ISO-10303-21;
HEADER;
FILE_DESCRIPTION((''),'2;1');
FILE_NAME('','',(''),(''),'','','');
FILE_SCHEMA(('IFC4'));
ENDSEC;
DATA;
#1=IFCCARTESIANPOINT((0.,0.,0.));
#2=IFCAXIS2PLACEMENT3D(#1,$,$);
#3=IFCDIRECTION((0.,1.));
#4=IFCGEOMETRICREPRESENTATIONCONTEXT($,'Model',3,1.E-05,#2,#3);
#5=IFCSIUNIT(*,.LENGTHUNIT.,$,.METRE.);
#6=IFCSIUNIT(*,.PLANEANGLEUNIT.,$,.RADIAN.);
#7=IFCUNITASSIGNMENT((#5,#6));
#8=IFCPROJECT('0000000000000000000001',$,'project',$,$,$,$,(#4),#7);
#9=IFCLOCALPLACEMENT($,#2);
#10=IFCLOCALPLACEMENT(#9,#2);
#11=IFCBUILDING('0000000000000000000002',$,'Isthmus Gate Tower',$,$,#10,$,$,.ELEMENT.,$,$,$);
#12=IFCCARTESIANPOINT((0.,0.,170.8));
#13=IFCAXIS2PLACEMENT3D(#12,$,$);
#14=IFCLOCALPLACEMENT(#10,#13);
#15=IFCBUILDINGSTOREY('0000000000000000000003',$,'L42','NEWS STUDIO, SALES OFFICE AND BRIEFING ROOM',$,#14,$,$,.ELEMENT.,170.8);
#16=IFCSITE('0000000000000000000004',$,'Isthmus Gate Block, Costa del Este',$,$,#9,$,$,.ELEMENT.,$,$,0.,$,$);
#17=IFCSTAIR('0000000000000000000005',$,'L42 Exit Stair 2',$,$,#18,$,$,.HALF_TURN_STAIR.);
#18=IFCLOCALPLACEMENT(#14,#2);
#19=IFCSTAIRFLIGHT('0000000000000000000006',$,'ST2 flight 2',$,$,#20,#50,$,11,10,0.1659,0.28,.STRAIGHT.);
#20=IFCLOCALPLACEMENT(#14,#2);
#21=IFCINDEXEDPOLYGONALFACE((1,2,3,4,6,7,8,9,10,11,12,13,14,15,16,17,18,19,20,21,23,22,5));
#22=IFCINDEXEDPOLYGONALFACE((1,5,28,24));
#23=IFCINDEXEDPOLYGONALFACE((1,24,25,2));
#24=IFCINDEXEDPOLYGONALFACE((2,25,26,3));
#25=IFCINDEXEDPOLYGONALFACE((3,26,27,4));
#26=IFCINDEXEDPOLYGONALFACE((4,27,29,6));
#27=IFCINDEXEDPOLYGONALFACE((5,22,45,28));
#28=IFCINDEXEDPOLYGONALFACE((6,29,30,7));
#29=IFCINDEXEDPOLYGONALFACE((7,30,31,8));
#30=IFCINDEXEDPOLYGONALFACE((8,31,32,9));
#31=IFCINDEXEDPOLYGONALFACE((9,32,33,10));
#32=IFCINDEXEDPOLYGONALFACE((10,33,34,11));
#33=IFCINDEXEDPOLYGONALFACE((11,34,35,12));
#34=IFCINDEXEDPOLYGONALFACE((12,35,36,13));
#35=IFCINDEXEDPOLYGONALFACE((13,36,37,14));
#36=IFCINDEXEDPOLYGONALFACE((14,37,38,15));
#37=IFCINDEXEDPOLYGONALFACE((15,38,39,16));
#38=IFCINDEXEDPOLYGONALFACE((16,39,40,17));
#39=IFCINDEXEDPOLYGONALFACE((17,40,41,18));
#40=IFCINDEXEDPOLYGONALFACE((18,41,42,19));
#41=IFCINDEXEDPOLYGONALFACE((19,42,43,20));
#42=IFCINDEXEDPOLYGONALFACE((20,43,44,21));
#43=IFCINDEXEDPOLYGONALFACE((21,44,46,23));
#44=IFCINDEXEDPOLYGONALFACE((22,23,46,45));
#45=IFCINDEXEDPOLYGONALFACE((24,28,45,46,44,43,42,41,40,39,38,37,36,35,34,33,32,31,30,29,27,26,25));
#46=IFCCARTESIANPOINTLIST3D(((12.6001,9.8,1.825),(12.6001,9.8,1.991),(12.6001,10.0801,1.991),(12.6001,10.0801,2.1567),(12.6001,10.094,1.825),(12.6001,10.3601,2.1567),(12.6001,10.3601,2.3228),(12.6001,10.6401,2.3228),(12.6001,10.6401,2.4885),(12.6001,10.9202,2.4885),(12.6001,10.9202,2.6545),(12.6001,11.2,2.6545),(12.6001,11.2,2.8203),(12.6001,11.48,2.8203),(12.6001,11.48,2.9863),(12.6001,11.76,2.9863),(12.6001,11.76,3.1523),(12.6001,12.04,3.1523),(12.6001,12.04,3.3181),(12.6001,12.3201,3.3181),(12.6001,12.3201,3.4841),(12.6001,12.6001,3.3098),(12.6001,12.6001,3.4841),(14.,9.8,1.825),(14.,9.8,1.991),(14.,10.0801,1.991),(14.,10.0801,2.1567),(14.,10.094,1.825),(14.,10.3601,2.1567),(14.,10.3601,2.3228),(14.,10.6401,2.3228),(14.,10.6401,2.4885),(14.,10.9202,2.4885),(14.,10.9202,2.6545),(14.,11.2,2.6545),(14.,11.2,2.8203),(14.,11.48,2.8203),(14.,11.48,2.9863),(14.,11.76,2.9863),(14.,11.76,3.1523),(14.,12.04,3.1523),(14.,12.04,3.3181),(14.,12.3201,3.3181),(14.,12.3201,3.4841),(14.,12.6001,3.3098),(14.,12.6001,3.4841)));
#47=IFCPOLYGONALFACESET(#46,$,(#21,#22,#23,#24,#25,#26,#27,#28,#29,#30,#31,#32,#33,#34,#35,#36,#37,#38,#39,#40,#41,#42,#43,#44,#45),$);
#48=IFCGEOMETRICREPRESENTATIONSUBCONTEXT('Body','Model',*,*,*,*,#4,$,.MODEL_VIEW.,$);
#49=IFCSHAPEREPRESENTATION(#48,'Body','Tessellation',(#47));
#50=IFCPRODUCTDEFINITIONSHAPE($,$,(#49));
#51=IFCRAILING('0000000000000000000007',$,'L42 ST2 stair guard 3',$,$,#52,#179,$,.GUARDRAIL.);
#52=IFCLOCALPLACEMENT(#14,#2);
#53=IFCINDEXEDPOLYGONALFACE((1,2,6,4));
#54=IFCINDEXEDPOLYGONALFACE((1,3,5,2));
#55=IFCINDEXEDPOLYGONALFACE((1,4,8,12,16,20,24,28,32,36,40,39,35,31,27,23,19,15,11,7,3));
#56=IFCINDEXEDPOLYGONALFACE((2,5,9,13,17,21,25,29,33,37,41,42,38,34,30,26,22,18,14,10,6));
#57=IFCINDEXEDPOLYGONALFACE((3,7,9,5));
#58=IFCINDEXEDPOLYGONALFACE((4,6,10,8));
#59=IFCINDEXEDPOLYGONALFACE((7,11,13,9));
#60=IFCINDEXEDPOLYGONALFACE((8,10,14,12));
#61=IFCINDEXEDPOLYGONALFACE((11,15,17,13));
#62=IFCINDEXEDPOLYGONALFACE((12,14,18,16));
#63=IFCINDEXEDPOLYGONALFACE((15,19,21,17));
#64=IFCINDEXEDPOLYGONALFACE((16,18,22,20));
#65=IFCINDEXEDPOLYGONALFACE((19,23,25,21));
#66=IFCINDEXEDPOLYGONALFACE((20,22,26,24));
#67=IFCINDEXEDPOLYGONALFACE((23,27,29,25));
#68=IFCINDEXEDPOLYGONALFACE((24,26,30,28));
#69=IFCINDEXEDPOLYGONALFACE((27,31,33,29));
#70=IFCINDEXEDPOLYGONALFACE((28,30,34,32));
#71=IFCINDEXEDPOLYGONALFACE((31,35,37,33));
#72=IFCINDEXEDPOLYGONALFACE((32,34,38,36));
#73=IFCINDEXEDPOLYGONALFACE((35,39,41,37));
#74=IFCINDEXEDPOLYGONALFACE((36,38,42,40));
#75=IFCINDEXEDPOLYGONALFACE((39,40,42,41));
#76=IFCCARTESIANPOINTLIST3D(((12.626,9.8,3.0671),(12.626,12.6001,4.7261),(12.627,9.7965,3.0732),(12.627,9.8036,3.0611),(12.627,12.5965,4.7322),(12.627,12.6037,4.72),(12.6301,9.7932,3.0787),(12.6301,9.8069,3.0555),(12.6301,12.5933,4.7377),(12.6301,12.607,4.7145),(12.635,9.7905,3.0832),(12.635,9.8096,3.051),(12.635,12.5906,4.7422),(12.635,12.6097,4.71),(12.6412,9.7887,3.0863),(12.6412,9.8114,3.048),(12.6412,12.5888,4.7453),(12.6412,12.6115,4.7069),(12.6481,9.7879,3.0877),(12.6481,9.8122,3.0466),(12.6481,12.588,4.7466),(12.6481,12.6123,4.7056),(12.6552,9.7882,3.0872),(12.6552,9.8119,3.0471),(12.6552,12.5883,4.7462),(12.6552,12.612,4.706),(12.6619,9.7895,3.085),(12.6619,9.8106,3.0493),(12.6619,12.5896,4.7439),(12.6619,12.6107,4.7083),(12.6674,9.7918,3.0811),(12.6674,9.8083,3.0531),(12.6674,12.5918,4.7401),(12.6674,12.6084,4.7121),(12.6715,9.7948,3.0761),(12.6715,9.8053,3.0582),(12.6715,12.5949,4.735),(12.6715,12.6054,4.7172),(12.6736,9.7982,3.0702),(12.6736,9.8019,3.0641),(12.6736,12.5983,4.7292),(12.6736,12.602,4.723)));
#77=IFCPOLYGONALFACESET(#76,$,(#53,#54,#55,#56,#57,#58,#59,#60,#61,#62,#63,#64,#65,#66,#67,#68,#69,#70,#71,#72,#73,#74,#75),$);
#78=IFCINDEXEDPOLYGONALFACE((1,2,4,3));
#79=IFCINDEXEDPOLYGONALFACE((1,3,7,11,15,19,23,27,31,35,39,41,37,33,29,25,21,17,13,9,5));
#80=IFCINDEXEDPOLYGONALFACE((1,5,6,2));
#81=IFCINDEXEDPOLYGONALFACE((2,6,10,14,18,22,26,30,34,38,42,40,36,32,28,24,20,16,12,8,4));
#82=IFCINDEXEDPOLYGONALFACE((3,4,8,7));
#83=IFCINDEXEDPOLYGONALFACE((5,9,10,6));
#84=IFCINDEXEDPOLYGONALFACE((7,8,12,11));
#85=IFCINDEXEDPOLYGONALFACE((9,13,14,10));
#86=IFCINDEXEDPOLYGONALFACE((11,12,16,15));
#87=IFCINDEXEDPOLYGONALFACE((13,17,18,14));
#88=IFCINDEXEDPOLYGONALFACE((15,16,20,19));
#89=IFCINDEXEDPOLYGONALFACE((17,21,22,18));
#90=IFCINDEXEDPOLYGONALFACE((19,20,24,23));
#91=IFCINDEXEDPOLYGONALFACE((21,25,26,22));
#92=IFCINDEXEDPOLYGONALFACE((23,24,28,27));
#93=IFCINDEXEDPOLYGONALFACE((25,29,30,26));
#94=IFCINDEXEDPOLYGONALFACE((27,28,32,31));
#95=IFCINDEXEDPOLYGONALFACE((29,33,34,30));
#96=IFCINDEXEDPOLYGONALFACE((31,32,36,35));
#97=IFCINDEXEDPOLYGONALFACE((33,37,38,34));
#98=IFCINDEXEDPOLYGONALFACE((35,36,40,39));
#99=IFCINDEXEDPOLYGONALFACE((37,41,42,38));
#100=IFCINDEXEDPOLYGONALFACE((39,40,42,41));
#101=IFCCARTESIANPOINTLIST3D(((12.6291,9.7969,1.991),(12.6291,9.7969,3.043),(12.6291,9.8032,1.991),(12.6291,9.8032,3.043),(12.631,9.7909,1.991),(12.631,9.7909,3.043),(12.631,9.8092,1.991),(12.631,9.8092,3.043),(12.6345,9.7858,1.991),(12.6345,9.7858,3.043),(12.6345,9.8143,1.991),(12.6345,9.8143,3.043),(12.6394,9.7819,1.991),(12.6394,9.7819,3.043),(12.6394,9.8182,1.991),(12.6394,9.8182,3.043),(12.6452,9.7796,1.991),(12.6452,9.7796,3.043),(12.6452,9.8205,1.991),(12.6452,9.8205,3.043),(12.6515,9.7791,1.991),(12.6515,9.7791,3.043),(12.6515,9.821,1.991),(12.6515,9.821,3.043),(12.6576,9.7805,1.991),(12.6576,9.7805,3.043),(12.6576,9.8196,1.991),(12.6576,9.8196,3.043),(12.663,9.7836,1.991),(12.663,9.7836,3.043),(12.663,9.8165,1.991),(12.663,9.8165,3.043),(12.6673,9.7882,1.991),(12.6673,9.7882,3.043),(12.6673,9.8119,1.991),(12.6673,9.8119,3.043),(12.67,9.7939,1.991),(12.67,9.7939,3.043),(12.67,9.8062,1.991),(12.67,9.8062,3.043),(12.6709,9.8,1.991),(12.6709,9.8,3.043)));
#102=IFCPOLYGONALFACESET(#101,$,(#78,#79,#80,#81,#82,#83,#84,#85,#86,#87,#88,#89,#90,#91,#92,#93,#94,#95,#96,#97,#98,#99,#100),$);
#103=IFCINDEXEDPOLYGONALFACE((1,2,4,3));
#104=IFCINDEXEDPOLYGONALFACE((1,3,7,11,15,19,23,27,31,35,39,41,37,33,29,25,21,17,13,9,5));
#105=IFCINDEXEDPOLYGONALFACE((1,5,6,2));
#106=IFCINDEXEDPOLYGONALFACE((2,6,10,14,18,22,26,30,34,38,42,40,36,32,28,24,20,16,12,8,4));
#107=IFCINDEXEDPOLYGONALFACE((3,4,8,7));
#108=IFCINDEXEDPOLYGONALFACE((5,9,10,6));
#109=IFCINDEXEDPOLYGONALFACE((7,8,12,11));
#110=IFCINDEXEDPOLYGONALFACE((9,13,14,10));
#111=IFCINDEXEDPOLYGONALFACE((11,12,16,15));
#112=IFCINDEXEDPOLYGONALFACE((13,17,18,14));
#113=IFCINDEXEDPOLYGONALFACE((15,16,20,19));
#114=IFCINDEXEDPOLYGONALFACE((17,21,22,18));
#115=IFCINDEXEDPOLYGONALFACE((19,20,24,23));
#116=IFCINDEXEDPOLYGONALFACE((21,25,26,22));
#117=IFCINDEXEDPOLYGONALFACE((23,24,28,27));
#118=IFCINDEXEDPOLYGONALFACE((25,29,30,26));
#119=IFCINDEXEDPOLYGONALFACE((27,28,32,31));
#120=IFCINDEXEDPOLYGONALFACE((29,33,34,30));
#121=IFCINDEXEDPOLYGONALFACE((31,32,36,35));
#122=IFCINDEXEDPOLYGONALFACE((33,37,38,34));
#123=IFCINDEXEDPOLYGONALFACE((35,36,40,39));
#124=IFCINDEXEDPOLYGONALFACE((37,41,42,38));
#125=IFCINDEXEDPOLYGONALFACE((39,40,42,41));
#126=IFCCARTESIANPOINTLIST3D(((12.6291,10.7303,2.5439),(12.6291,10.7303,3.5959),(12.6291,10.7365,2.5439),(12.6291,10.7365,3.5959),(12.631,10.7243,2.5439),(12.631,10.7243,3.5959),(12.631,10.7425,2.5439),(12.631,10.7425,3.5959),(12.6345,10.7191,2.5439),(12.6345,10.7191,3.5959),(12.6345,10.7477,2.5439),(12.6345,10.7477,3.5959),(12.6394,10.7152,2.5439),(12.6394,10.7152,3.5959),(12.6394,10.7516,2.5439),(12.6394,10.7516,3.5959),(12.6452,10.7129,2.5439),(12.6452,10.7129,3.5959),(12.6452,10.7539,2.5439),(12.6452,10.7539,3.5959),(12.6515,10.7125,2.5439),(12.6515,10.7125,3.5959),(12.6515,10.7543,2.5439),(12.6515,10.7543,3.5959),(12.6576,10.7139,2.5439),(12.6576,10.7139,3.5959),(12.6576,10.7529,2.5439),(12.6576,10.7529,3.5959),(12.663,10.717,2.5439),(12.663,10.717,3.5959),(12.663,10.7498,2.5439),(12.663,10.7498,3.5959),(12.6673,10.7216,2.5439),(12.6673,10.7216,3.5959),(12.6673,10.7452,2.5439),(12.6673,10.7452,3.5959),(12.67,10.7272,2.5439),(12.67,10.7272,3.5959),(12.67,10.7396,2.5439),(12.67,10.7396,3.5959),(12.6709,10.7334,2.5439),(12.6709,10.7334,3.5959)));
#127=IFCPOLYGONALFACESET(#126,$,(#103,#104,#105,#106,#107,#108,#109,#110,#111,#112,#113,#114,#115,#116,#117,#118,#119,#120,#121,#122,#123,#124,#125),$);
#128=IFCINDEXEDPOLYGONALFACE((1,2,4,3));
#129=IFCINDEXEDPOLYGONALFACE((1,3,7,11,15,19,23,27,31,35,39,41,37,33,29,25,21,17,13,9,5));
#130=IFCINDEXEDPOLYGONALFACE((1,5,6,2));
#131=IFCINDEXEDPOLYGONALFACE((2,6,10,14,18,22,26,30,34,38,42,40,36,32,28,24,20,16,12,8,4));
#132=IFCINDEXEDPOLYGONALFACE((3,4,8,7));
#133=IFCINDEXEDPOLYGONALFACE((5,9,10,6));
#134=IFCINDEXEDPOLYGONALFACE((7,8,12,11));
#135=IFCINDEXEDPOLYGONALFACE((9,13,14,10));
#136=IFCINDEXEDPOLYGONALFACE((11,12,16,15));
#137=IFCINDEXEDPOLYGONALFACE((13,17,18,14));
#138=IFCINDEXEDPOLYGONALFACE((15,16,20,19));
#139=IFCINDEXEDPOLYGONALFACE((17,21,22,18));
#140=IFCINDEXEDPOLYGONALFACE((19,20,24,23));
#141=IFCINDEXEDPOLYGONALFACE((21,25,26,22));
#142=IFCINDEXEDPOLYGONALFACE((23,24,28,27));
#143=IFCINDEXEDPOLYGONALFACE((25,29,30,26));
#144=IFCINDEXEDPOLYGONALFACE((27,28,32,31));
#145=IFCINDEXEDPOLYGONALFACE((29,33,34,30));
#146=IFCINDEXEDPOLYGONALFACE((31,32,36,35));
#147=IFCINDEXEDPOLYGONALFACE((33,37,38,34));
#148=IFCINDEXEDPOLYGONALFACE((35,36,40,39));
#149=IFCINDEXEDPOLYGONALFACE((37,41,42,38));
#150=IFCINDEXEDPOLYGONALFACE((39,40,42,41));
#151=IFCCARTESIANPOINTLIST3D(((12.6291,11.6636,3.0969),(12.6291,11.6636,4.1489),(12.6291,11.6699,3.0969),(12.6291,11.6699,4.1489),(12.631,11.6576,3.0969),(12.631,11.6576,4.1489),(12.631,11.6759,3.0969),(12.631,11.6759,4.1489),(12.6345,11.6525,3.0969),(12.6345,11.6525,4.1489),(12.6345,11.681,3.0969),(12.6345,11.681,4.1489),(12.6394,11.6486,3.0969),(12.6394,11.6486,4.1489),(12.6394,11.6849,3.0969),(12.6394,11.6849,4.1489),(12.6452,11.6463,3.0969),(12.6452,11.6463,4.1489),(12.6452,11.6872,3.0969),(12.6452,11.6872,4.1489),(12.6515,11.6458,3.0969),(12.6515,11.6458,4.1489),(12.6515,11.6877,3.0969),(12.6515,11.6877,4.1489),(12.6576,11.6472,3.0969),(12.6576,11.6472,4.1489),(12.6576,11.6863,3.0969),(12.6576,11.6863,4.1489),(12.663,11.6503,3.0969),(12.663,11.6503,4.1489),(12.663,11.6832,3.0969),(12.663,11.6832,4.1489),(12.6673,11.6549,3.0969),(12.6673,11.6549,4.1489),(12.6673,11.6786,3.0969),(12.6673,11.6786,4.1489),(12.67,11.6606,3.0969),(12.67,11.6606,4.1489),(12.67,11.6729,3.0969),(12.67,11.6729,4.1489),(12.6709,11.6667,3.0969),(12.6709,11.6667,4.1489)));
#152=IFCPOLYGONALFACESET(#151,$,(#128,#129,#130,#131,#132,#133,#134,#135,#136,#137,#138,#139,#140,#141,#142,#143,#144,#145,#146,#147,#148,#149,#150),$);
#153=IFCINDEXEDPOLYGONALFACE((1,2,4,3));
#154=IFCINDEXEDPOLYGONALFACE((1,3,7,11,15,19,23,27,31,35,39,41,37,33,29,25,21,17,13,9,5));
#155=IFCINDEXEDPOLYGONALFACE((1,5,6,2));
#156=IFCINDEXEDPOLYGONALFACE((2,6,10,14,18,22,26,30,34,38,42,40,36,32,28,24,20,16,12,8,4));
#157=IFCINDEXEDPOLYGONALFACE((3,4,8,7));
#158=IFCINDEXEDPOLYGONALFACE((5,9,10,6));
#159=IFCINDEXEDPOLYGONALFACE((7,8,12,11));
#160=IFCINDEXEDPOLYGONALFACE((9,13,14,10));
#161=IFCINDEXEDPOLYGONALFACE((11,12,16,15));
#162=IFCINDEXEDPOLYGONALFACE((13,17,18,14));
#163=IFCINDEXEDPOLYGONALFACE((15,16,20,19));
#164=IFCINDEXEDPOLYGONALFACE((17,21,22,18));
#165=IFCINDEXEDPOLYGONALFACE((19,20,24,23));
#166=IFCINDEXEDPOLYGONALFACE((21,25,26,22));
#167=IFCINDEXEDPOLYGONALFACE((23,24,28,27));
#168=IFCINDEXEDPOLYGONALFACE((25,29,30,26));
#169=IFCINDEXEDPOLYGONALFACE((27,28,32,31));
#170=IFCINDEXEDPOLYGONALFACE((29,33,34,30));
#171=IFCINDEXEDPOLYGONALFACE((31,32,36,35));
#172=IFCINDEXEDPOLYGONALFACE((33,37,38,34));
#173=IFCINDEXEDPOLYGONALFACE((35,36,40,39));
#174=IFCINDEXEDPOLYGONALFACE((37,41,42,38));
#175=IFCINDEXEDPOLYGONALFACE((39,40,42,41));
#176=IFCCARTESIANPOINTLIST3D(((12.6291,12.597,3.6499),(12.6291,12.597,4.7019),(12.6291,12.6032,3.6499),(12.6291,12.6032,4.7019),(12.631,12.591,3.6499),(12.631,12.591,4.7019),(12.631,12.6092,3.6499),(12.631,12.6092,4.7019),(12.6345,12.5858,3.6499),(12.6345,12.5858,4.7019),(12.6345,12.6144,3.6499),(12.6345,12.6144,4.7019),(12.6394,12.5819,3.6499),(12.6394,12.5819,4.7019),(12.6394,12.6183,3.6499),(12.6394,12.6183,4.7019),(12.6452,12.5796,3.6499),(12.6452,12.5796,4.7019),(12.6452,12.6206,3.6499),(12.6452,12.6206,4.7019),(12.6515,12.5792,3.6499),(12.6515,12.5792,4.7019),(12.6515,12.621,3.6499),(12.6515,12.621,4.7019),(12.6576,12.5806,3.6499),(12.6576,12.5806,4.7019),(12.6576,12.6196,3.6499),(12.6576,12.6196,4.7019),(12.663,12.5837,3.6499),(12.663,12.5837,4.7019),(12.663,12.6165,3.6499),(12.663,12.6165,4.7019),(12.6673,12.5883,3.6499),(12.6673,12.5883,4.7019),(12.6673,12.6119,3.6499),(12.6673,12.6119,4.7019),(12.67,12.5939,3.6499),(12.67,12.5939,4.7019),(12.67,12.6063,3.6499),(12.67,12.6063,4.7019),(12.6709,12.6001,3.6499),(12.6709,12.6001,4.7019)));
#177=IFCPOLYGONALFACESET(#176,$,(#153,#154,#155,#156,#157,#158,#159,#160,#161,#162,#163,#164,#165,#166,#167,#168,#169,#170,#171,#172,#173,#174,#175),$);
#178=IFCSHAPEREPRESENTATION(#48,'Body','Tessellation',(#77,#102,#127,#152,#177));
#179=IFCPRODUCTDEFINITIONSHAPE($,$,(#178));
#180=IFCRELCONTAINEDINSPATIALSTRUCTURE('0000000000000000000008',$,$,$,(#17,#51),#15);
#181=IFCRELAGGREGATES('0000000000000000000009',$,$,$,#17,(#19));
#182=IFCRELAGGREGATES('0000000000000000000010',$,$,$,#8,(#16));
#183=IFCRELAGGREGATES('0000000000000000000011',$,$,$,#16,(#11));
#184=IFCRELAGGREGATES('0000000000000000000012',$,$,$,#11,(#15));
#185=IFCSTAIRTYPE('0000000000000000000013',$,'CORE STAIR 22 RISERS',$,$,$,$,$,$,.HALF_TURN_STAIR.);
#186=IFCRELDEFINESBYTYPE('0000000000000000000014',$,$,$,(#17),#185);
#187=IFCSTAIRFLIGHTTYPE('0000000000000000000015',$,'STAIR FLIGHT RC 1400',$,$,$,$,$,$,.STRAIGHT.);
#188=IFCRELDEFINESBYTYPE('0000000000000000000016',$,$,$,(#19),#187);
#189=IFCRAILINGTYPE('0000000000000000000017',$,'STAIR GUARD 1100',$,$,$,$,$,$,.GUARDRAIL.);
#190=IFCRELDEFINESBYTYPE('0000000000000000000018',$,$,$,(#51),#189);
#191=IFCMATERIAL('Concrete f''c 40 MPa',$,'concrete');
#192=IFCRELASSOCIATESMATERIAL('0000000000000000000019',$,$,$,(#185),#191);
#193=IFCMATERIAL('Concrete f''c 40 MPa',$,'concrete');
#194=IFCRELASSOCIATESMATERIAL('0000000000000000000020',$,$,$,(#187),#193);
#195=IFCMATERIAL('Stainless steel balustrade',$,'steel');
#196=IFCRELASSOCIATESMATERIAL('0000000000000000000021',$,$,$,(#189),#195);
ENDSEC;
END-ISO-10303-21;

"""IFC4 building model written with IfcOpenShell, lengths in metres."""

from ifc_helpers import new_model, si_unit, direction, frame, origin, origin_2d, place, context, subcontext, project, spatial, polyline, circle, outline, extrude, material, type_object, element, aggregate, save


model = new_model("IFC4")

# Units and contexts
model_context = context("Model", 3, precision=1e-05, world=origin(), true_north=direction((0.0, 1.0)))
body_context = subcontext(model_context, "Body", "Model", "MODEL_VIEW")
ifc_project = project(units=[si_unit("LENGTHUNIT", "METRE"), si_unit("PLANEANGLEUNIT", "RADIAN")], contexts=[model_context])

# Site, building, storey
site_placement = place(None, origin())
site = spatial("IfcSite", under=ifc_project, at=site_placement, Name="Isthmus Gate Block, Costa del Este", CompositionType="ELEMENT", RefElevation=0.0)
building_placement = place(site_placement, origin())
building = spatial("IfcBuilding", under=site, at=building_placement, Name="Isthmus Gate Tower", CompositionType="ELEMENT")
storey_placement = place(building_placement, frame((0.0, 0.0, 170.8)))
storey = spatial("IfcBuildingStorey", under=building, at=storey_placement, Name="L42", Description="NEWS STUDIO, SALES OFFICE AND BRIEFING ROOM", CompositionType="ELEMENT", Elevation=170.8)

# Stair, stair flight
ifc_material_1 = material(Name="Concrete f'c 40 MPa", Category="concrete")
stair_type = type_object("IfcStairType", Name="CORE STAIR 22 RISERS", PredefinedType="HALF_TURN_STAIR", material=ifc_material_1)
stair_placement = place(storey_placement, origin())
stair = element("IfcStair", 1, at=stair_placement, inside=storey, type_object=stair_type, Name="L42 Exit Stair 2", PredefinedType="HALF_TURN_STAIR")
ifc_material_2 = material(Name="Concrete f'c 40 MPa", Category="concrete")
stair_flight_type = type_object("IfcStairFlightType", Name="STAIR FLIGHT RC 1400", PredefinedType="STRAIGHT", material=ifc_material_2)
stair_flight_placement = place(storey_placement, frame((13.3, 9.8, 1.825), z_axis=(0.0, 0.0, 1.0), x_axis=(0.0, 1.0, 0.0)))
stair_flight = element("IfcStairFlight", 2, at=stair_flight_placement, type_object=stair_flight_type, Name="ST2 flight 2", NumberOfRisers=11, NumberOfTreads=10, PredefinedType="STRAIGHT", RiserHeight=0.1659, TreadLength=0.28, context=body_context, shape_type="SweptSolid", body=[
    extrude(outline(polyline([(0.0, 0.0), (0.0, 0.166), (0.28, 0.166), (0.28, 0.3318), (0.5601, 0.3318), (0.5601, 0.4978), (0.8401, 0.4978), (0.8401, 0.6636), (1.1201, 0.6636), (1.1201, 0.8296), (1.3999, 0.8296), (1.3999, 0.9954), (1.6799, 0.9954), (1.6799, 1.1614), (1.96, 1.1614), (1.96, 1.3274), (2.24, 1.3274), (2.24, 1.4932), (2.52, 1.4932), (2.52, 1.6592), (2.8, 1.6592), (2.8, 1.825), (2.8, 1.4849), (0.2939, 0.0), (0.0, 0.0)])), frame((0.0, 0.7, 0.0), z_axis=(0.0, -1.0, 0.0), x_axis=(1.0, 0.0, 0.0)), (0.0, 0.0, 1.0), 1.3999),
])
aggregate(stair, [stair_flight])

# Railing
ifc_material_3 = material(Name="Stainless steel balustrade", Category="steel")
railing_type = type_object("IfcRailingType", Name="STAIR GUARD 1100", PredefinedType="GUARDRAIL", material=ifc_material_3)
railing_placement = place(storey_placement, frame((12.6499, 9.8, 1.991)))
element("IfcRailing", 3, at=railing_placement, inside=storey, type_object=railing_type, Name="L42 ST2 stair guard 3", PredefinedType="GUARDRAIL", context=body_context, shape_type="SweptSolid", body=[
    extrude(circle(Radius=0.0239, at=origin_2d()), frame((0.0, 0.0, 1.0762), z_axis=(0.0, 0.860339, 0.509722), x_axis=(-1.0, 0.0, 0.0)), (0.0, 0.0, 1.0), 3.2546),
    extrude(circle(Radius=0.021, at=origin_2d()), origin(), (0.0, 0.0, 1.0), 1.052),
    extrude(circle(Radius=0.021, at=origin_2d()), frame((0.0, 0.9333, 0.553)), (0.0, 0.0, 1.0), 1.052),
    extrude(circle(Radius=0.021, at=origin_2d()), frame((0.0, 1.8667, 1.106)), (0.0, 0.0, 1.0), 1.052),
    extrude(circle(Radius=0.021, at=origin_2d()), frame((0.0, 2.8, 1.6589)), (0.0, 0.0, 1.0), 1.052),
])

save(model, "model.ifc")
